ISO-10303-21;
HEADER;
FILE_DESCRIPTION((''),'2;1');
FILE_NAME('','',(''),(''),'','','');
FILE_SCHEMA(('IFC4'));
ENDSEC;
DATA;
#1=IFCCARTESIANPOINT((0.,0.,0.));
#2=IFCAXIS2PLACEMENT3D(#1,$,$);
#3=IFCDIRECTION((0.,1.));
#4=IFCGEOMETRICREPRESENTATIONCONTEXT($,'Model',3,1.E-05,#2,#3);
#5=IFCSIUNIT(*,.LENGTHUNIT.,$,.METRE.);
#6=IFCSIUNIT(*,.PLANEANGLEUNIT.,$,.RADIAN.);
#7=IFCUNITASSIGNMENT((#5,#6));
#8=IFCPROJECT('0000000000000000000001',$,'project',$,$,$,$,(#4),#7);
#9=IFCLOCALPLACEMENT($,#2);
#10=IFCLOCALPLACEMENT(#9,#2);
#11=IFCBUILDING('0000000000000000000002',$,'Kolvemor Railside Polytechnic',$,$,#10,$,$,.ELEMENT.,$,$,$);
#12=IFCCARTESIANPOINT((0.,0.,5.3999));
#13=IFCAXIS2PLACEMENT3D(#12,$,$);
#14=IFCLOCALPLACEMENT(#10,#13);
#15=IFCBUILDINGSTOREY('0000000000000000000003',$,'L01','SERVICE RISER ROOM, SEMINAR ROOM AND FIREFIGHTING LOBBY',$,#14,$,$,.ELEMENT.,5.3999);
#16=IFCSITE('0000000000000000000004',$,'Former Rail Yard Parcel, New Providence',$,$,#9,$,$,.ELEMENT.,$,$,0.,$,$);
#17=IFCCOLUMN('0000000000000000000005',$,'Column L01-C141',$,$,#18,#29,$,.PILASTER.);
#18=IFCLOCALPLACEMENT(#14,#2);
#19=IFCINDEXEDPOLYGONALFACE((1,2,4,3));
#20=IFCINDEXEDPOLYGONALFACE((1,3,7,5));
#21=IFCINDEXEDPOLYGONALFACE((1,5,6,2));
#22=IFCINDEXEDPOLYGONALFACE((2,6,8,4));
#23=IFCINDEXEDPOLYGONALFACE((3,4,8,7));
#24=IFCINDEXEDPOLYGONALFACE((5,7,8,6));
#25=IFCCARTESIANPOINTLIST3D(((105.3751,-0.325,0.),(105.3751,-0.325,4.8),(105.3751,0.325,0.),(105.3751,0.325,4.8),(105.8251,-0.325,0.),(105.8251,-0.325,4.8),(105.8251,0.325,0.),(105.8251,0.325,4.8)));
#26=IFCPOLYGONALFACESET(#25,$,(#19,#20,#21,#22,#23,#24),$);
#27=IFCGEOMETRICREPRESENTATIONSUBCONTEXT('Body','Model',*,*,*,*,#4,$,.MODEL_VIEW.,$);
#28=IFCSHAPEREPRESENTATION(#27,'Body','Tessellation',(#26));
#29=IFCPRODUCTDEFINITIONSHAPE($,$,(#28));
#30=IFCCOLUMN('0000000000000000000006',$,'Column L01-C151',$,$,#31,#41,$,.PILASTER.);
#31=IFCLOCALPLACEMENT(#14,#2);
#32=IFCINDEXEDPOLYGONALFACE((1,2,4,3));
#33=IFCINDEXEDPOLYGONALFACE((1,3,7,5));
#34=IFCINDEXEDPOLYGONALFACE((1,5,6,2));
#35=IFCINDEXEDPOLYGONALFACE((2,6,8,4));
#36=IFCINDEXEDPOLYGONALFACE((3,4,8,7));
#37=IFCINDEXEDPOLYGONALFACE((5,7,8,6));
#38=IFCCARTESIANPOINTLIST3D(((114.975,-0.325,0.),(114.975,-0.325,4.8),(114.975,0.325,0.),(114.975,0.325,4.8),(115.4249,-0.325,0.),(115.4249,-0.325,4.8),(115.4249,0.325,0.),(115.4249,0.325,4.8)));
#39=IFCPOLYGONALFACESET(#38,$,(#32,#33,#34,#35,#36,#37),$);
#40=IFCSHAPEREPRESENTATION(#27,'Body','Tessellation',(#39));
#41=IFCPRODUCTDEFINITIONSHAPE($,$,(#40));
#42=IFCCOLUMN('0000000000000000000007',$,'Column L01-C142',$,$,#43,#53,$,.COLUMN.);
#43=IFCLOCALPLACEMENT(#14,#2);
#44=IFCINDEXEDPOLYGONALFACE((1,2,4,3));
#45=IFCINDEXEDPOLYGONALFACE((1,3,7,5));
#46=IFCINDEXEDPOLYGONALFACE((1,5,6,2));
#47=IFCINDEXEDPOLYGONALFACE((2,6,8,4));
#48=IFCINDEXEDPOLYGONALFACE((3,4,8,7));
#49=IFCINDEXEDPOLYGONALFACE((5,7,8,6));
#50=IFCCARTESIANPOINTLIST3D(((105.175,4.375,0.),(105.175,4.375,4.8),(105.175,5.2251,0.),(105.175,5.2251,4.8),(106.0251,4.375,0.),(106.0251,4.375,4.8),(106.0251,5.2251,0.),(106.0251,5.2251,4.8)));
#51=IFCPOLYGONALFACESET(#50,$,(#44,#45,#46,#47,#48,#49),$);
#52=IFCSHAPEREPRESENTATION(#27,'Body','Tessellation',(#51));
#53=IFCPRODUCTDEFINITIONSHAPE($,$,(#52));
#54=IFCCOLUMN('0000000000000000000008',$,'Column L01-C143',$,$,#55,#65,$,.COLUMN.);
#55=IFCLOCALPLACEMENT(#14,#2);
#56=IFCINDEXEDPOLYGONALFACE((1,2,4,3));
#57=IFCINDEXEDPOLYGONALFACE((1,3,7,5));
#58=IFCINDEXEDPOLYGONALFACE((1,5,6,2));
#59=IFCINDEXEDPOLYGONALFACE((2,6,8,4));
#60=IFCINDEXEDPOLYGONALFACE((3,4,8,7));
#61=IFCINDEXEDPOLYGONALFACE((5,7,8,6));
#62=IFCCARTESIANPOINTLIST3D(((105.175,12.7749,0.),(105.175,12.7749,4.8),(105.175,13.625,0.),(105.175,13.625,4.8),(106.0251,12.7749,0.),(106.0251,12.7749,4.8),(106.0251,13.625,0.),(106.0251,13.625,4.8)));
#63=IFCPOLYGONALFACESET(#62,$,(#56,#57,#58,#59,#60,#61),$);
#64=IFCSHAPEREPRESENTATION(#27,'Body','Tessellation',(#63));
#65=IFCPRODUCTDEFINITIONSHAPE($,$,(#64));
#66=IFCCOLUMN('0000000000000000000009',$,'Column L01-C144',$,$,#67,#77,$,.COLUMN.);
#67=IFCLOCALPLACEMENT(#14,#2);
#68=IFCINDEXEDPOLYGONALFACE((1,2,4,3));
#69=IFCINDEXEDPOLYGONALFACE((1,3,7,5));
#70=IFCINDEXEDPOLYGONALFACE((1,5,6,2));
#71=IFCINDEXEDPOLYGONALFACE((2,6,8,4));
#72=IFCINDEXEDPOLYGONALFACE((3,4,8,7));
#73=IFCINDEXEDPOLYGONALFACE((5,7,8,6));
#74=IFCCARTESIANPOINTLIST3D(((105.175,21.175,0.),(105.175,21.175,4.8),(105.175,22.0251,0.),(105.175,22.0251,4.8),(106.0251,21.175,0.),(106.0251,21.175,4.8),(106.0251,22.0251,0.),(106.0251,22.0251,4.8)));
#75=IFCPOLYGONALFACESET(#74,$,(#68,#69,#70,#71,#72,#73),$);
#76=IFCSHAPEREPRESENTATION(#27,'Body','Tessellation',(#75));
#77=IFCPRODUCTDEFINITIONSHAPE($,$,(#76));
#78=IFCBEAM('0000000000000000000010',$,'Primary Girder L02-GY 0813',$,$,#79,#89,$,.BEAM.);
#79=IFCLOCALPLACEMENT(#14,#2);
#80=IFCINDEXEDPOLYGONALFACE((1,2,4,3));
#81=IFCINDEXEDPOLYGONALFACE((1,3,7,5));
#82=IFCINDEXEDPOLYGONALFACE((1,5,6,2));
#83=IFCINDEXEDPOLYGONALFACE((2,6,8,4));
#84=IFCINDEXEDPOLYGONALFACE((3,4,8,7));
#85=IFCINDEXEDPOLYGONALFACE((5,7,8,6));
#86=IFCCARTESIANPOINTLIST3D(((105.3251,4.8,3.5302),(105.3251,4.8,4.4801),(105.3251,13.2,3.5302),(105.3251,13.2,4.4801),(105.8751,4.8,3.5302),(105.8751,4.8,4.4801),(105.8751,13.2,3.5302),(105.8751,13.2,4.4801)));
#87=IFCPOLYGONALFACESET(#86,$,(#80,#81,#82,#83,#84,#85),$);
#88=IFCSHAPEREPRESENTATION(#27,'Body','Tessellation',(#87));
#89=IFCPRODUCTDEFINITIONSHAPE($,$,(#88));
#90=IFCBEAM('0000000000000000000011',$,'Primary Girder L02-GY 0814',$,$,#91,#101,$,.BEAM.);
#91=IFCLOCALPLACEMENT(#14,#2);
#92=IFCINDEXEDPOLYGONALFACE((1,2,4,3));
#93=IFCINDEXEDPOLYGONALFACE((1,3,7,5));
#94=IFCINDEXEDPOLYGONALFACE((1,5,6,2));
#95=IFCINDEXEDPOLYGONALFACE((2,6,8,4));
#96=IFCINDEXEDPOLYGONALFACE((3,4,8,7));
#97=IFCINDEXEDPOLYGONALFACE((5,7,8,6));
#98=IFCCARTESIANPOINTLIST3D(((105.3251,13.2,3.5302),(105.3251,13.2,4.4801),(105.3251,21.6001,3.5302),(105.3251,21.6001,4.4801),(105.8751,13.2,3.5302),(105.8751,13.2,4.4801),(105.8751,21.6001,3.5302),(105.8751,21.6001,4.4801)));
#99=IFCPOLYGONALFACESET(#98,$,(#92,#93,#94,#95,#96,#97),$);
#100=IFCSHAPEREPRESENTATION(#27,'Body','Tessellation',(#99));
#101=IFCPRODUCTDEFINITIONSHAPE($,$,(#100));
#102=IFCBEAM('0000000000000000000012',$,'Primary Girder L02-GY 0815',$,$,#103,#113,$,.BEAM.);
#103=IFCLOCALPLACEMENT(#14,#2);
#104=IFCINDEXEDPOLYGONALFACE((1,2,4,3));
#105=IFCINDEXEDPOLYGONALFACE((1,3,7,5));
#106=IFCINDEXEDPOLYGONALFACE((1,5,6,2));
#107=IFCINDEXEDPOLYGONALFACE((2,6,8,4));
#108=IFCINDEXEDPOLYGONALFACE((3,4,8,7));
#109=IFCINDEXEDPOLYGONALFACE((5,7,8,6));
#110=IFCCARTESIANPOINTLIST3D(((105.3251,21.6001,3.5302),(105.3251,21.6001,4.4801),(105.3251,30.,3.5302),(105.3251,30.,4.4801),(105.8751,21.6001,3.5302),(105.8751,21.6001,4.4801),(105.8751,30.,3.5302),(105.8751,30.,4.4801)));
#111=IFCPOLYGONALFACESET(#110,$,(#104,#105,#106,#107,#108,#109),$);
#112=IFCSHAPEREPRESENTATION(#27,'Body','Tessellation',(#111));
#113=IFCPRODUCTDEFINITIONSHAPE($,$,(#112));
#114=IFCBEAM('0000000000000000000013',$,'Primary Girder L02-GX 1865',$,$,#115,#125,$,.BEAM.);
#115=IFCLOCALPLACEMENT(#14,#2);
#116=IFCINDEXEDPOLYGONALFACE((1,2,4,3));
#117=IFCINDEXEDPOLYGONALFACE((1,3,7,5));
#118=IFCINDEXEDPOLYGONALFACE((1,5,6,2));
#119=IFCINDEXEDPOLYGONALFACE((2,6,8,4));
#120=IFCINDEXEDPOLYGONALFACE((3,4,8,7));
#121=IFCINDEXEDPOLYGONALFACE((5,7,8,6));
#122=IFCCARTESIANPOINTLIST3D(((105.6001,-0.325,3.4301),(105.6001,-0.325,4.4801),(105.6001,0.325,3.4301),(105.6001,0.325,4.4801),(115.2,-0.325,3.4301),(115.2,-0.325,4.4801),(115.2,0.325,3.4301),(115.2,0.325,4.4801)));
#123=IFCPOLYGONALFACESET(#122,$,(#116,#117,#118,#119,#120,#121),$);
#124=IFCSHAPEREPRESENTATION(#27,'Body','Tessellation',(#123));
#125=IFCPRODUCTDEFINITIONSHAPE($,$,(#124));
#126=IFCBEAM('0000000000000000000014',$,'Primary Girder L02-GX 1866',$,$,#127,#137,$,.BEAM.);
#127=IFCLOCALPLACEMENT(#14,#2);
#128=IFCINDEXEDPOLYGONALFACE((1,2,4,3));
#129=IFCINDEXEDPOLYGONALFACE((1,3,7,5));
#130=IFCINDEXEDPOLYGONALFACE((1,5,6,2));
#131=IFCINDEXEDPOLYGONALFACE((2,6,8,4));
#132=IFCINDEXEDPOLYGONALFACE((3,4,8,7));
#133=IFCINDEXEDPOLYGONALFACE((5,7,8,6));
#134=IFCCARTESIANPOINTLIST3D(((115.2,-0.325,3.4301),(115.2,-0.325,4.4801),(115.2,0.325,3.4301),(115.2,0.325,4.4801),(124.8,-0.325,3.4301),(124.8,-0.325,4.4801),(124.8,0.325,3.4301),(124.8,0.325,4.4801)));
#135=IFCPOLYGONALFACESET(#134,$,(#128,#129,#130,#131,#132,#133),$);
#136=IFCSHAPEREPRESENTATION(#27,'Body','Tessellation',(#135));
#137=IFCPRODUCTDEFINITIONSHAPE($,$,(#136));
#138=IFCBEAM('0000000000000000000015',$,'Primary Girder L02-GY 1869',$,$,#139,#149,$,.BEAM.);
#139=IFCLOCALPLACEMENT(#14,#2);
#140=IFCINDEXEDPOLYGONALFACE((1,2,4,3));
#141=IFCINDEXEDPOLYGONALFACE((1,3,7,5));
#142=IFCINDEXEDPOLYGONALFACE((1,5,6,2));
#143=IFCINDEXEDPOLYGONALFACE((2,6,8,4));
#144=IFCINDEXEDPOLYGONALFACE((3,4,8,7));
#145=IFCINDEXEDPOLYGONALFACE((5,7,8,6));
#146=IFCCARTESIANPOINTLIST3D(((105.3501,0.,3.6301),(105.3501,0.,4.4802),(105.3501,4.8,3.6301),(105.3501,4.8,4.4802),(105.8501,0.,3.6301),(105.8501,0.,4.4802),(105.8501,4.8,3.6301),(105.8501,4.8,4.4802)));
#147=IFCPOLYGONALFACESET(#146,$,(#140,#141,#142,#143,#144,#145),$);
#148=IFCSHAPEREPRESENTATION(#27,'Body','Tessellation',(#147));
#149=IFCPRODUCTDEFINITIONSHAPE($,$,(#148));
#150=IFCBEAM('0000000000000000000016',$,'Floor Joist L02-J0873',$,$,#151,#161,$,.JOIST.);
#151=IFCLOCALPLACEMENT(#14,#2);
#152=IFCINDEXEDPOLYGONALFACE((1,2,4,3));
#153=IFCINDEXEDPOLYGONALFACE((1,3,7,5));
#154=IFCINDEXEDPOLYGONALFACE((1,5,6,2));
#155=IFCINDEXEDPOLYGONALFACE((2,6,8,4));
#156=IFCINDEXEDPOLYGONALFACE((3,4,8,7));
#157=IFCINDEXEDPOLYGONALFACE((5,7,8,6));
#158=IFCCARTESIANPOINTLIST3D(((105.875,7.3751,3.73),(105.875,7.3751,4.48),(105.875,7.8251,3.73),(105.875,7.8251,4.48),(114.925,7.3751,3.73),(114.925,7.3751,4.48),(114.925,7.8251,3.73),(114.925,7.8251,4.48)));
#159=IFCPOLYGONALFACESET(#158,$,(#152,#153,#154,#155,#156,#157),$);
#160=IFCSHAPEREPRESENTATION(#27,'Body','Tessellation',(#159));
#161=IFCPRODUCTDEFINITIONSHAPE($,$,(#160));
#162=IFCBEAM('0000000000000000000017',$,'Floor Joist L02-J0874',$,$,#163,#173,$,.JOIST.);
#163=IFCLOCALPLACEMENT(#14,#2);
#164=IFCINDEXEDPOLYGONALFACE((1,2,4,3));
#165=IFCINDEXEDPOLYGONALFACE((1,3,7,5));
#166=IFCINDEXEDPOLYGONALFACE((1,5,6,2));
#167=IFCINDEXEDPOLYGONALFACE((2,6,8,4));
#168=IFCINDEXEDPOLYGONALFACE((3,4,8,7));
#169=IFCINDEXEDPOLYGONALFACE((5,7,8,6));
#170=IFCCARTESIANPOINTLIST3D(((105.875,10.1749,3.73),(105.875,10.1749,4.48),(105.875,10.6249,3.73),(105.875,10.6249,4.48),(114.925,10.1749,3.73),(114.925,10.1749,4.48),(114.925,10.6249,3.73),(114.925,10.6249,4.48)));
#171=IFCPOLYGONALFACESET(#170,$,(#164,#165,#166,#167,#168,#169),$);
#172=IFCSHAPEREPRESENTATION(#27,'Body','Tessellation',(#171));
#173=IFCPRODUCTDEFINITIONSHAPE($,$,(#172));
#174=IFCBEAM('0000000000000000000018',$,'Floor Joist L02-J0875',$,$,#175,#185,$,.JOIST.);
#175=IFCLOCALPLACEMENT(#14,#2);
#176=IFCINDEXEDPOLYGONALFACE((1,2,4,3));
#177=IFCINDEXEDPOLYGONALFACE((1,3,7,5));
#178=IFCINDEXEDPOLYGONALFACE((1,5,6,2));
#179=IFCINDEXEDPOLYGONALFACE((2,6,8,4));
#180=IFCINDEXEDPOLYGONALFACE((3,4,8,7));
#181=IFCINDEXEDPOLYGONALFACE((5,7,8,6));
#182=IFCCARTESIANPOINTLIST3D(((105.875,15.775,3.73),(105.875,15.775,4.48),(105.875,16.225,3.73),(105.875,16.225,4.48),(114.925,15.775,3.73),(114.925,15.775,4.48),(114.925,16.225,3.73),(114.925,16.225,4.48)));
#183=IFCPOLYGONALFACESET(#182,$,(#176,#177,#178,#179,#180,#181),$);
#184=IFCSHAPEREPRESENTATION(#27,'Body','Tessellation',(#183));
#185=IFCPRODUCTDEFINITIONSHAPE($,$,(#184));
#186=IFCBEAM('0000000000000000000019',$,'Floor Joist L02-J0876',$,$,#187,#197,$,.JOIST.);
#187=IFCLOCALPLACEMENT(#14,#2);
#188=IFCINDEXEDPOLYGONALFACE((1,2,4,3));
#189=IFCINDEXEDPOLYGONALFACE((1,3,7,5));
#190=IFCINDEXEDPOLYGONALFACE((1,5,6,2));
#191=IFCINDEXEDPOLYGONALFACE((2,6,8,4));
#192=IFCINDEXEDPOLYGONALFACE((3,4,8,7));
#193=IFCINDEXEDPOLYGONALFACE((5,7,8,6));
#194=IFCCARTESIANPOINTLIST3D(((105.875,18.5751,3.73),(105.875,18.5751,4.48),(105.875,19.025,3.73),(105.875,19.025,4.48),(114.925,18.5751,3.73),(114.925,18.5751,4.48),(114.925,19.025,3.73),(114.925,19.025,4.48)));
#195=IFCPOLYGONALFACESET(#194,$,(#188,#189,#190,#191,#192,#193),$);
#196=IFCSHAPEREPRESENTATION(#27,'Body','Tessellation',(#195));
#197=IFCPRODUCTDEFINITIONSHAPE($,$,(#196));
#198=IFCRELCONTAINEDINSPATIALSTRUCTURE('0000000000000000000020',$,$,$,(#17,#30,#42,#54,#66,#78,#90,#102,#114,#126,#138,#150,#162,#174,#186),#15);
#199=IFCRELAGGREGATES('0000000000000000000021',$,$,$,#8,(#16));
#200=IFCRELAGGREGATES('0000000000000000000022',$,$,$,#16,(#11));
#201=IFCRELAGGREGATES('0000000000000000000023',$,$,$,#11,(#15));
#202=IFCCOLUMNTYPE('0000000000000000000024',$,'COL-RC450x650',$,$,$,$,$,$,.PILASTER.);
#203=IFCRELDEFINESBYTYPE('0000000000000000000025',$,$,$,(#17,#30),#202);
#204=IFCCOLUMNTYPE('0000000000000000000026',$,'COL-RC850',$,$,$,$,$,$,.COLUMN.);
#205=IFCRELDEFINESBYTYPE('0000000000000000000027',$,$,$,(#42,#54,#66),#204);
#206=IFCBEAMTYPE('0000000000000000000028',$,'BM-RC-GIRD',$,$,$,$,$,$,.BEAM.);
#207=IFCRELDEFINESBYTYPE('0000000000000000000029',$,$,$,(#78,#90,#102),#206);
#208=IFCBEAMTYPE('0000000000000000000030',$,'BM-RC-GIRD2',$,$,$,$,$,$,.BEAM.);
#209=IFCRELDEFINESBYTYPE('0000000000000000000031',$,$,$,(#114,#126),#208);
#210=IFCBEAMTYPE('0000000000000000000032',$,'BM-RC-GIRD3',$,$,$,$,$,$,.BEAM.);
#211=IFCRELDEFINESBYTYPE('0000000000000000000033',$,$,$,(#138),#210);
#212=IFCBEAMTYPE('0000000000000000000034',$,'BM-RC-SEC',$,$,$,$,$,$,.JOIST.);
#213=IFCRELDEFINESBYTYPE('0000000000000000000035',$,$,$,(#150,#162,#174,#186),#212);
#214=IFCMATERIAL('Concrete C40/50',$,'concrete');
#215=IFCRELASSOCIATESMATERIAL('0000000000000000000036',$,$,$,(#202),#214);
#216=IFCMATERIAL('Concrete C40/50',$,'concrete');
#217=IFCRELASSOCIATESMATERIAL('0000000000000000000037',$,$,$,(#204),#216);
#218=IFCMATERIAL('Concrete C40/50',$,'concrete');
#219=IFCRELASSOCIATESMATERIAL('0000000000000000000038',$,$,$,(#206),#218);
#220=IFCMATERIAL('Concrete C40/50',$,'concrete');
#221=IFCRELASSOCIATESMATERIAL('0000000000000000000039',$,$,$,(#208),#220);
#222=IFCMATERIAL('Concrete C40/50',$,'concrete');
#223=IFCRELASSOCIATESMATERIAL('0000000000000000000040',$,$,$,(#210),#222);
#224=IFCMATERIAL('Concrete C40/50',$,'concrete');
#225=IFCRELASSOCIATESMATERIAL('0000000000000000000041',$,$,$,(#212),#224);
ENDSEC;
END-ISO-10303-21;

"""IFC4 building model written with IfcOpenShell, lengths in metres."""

from ifc_helpers import new_model, si_unit, direction, frame, origin, origin_2d, place, context, subcontext, project, spatial, rectangle, extrude, material, material_profile, profile_set, type_object, element, save


model = new_model("IFC4")

# Units and contexts
model_context = context("Model", 3, precision=1e-05, world=origin(), true_north=direction((0.0, 1.0)))
body_context = subcontext(model_context, "Body", "Model", "MODEL_VIEW")
ifc_project = project(units=[si_unit("LENGTHUNIT", "METRE"), si_unit("PLANEANGLEUNIT", "RADIAN")], contexts=[model_context])

# Site, building, storey
site_placement = place(None, origin())
site = spatial("IfcSite", under=ifc_project, at=site_placement, Name="Former Rail Yard Parcel, New Providence", CompositionType="ELEMENT", RefElevation=0.0)
building_placement = place(site_placement, origin())
building = spatial("IfcBuilding", under=site, at=building_placement, Name="Kolvemor Railside Polytechnic", CompositionType="ELEMENT")
storey_placement = place(building_placement, frame((0.0, 0.0, 5.3999)))
storey = spatial("IfcBuildingStorey", under=building, at=storey_placement, Name="L01", Description="SERVICE RISER ROOM, SEMINAR ROOM AND FIREFIGHTING LOBBY", CompositionType="ELEMENT", Elevation=5.3999)

# Columns
ifc_material_1 = material(Name="Concrete C40/50", Category="concrete")
ifc_material_profile_1 = material_profile(ifc_material_1, rectangle(XDim=0.45, YDim=0.6499, at=origin_2d()), Name="RC450x650")
ifc_profile_set_1 = profile_set([ifc_material_profile_1], Name="Concrete C40/50")
column_type_1 = type_object("IfcColumnType", Name="COL-RC450x650", PredefinedType="PILASTER", material=ifc_profile_set_1)
for number, where, z_axis, x_axis, name in (
    (1, (105.6001, 0.0, 0.0), (0.0, 0.0, 1.0), (1.0, 0.0, 0.0), "Column L01-C141"),
    (2, (115.2, 0.0, 0.0), (0.0, 0.0, 1.0), (1.0, 0.0, 0.0), "Column L01-C151"),
):
    element("IfcColumn", number, at=place(storey_placement, frame(where, z_axis=z_axis, x_axis=x_axis)), inside=storey, type_object=column_type_1, Name=name, PredefinedType="PILASTER", context=body_context, shape_type="SweptSolid", body=[
        extrude(rectangle(XDim=0.45, YDim=0.6499, at=origin_2d()), origin(), (0.0, 0.0, 1.0), 4.8),
    ])
ifc_material_2 = material(Name="Concrete C40/50", Category="concrete")
ifc_material_profile_2 = material_profile(ifc_material_2, rectangle(XDim=0.8501, YDim=0.8501, at=origin_2d()), Name="RC850x850")
ifc_profile_set_2 = profile_set([ifc_material_profile_2], Name="Concrete C40/50")
column_type_2 = type_object("IfcColumnType", Name="COL-RC850", PredefinedType="COLUMN", material=ifc_profile_set_2)
for number, where, z_axis, x_axis, name in (
    (3, (105.6001, 4.8, 0.0), (0.0, 0.0, 1.0), (1.0, 0.0, 0.0), "Column L01-C142"),
    (4, (105.6001, 13.2, 0.0), (0.0, 0.0, 1.0), (1.0, 0.0, 0.0), "Column L01-C143"),
    (5, (105.6001, 21.6001, 0.0), (0.0, 0.0, 1.0), (1.0, 0.0, 0.0), "Column L01-C144"),
):
    element("IfcColumn", number, at=place(storey_placement, frame(where, z_axis=z_axis, x_axis=x_axis)), inside=storey, type_object=column_type_2, Name=name, PredefinedType="COLUMN", context=body_context, shape_type="SweptSolid", body=[
        extrude(rectangle(XDim=0.8501, YDim=0.8501, at=origin_2d()), origin(), (0.0, 0.0, 1.0), 4.8),
    ])

# Beams
ifc_material_3 = material(Name="Concrete C40/50", Category="concrete")
ifc_material_profile_3 = material_profile(ifc_material_3, rectangle(XDim=0.55, YDim=0.95, at=origin_2d()), Name="RC550x950")
ifc_profile_set_3 = profile_set([ifc_material_profile_3], Name="Concrete C40/50")
beam_type_1 = type_object("IfcBeamType", Name="BM-RC-GIRD", PredefinedType="BEAM", material=ifc_profile_set_3)
beam_1_placement = place(storey_placement, frame((105.6001, 4.8, 4.0051), z_axis=(0.0, 1.0, 0.0), x_axis=(-1.0, 0.0, 0.0)))
element("IfcBeam", 6, at=beam_1_placement, inside=storey, type_object=beam_type_1, Name="Primary Girder L02-GY 0813", PredefinedType="BEAM", context=body_context, shape_type="SweptSolid", body=[
    extrude(rectangle(XDim=0.55, YDim=0.95, at=origin_2d()), origin(), (0.0, 0.0, 1.0), 8.3999),
])
beam_2_placement = place(storey_placement, frame((105.6001, 13.2, 4.0051), z_axis=(0.0, 1.0, 0.0), x_axis=(-1.0, 0.0, 0.0)))
element("IfcBeam", 7, at=beam_2_placement, inside=storey, type_object=beam_type_1, Name="Primary Girder L02-GY 0814", PredefinedType="BEAM", context=body_context, shape_type="SweptSolid", body=[
    extrude(rectangle(XDim=0.55, YDim=0.95, at=origin_2d()), origin(), (0.0, 0.0, 1.0), 8.4001),
])
beam_3_placement = place(storey_placement, frame((105.6001, 21.6001, 4.0051), z_axis=(0.0, 1.0, 0.0), x_axis=(-1.0, 0.0, 0.0)))
element("IfcBeam", 8, at=beam_3_placement, inside=storey, type_object=beam_type_1, Name="Primary Girder L02-GY 0815", PredefinedType="BEAM", context=body_context, shape_type="SweptSolid", body=[
    extrude(rectangle(XDim=0.55, YDim=0.95, at=origin_2d()), origin(), (0.0, 0.0, 1.0), 8.3999),
])
ifc_material_4 = material(Name="Concrete C40/50", Category="concrete")
ifc_material_profile_4 = material_profile(ifc_material_4, rectangle(XDim=0.6499, YDim=1.05, at=origin_2d()), Name="RC650x1050")
ifc_profile_set_4 = profile_set([ifc_material_profile_4], Name="Concrete C40/50")
beam_type_2 = type_object("IfcBeamType", Name="BM-RC-GIRD2", PredefinedType="BEAM", material=ifc_profile_set_4)
beam_4_placement = place(storey_placement, frame((105.6001, 0.0, 3.9551), z_axis=(1.0, 0.0, 0.0), x_axis=(0.0, 1.0, 0.0)))
element("IfcBeam", 9, at=beam_4_placement, inside=storey, type_object=beam_type_2, Name="Primary Girder L02-GX 1865", PredefinedType="BEAM", context=body_context, shape_type="SweptSolid", body=[
    extrude(rectangle(XDim=0.6499, YDim=1.05, at=origin_2d()), origin(), (0.0, 0.0, 1.0), 9.5999),
])
beam_5_placement = place(storey_placement, frame((115.2, 0.0, 3.9551), z_axis=(1.0, 0.0, 0.0), x_axis=(0.0, 1.0, 0.0)))
element("IfcBeam", 10, at=beam_5_placement, inside=storey, type_object=beam_type_2, Name="Primary Girder L02-GX 1866", PredefinedType="BEAM", context=body_context, shape_type="SweptSolid", body=[
    extrude(rectangle(XDim=0.6499, YDim=1.05, at=origin_2d()), origin(), (0.0, 0.0, 1.0), 9.6001),
])
ifc_material_5 = material(Name="Concrete C40/50", Category="concrete")
ifc_material_profile_5 = material_profile(ifc_material_5, rectangle(XDim=0.5, YDim=0.8501, at=origin_2d()), Name="RC500x850")
ifc_profile_set_5 = profile_set([ifc_material_profile_5], Name="Concrete C40/50")
beam_type_3 = type_object("IfcBeamType", Name="BM-RC-GIRD3", PredefinedType="BEAM", material=ifc_profile_set_5)
beam_6_placement = place(storey_placement, frame((105.6001, 0.0, 4.0552), z_axis=(0.0, 1.0, 0.0), x_axis=(-1.0, 0.0, 0.0)))
element("IfcBeam", 11, at=beam_6_placement, inside=storey, type_object=beam_type_3, Name="Primary Girder L02-GY 1869", PredefinedType="BEAM", context=body_context, shape_type="SweptSolid", body=[
    extrude(rectangle(XDim=0.5, YDim=0.8501, at=origin_2d()), origin(), (0.0, 0.0, 1.0), 4.8),
])
ifc_material_6 = material(Name="Concrete C40/50", Category="concrete")
ifc_material_profile_6 = material_profile(ifc_material_6, rectangle(XDim=0.45, YDim=0.75, at=origin_2d()), Name="RC450x750")
ifc_profile_set_6 = profile_set([ifc_material_profile_6], Name="Concrete C40/50")
beam_type_4 = type_object("IfcBeamType", Name="BM-RC-SEC", PredefinedType="JOIST", material=ifc_profile_set_6)
for number, where, z_axis, x_axis, name in (
    (12, (105.875, 7.6001, 4.105), (1.0, 0.0, 0.0), (0.0, 1.0, 0.0), "Floor Joist L02-J0873"),
    (13, (105.875, 10.3999, 4.105), (1.0, 0.0, 0.0), (0.0, 1.0, 0.0), "Floor Joist L02-J0874"),
    (14, (105.875, 16.0, 4.105), (1.0, 0.0, 0.0), (0.0, 1.0, 0.0), "Floor Joist L02-J0875"),
    (15, (105.875, 18.8, 4.105), (1.0, 0.0, 0.0), (0.0, 1.0, 0.0), "Floor Joist L02-J0876"),
):
    element("IfcBeam", number, at=place(storey_placement, frame(where, z_axis=z_axis, x_axis=x_axis)), inside=storey, type_object=beam_type_4, Name=name, PredefinedType="JOIST", context=body_context, shape_type="SweptSolid", body=[
        extrude(rectangle(XDim=0.45, YDim=0.75, at=origin_2d()), origin(), (0.0, 0.0, 1.0), 9.05),
    ])

save(model, "model.ifc")
